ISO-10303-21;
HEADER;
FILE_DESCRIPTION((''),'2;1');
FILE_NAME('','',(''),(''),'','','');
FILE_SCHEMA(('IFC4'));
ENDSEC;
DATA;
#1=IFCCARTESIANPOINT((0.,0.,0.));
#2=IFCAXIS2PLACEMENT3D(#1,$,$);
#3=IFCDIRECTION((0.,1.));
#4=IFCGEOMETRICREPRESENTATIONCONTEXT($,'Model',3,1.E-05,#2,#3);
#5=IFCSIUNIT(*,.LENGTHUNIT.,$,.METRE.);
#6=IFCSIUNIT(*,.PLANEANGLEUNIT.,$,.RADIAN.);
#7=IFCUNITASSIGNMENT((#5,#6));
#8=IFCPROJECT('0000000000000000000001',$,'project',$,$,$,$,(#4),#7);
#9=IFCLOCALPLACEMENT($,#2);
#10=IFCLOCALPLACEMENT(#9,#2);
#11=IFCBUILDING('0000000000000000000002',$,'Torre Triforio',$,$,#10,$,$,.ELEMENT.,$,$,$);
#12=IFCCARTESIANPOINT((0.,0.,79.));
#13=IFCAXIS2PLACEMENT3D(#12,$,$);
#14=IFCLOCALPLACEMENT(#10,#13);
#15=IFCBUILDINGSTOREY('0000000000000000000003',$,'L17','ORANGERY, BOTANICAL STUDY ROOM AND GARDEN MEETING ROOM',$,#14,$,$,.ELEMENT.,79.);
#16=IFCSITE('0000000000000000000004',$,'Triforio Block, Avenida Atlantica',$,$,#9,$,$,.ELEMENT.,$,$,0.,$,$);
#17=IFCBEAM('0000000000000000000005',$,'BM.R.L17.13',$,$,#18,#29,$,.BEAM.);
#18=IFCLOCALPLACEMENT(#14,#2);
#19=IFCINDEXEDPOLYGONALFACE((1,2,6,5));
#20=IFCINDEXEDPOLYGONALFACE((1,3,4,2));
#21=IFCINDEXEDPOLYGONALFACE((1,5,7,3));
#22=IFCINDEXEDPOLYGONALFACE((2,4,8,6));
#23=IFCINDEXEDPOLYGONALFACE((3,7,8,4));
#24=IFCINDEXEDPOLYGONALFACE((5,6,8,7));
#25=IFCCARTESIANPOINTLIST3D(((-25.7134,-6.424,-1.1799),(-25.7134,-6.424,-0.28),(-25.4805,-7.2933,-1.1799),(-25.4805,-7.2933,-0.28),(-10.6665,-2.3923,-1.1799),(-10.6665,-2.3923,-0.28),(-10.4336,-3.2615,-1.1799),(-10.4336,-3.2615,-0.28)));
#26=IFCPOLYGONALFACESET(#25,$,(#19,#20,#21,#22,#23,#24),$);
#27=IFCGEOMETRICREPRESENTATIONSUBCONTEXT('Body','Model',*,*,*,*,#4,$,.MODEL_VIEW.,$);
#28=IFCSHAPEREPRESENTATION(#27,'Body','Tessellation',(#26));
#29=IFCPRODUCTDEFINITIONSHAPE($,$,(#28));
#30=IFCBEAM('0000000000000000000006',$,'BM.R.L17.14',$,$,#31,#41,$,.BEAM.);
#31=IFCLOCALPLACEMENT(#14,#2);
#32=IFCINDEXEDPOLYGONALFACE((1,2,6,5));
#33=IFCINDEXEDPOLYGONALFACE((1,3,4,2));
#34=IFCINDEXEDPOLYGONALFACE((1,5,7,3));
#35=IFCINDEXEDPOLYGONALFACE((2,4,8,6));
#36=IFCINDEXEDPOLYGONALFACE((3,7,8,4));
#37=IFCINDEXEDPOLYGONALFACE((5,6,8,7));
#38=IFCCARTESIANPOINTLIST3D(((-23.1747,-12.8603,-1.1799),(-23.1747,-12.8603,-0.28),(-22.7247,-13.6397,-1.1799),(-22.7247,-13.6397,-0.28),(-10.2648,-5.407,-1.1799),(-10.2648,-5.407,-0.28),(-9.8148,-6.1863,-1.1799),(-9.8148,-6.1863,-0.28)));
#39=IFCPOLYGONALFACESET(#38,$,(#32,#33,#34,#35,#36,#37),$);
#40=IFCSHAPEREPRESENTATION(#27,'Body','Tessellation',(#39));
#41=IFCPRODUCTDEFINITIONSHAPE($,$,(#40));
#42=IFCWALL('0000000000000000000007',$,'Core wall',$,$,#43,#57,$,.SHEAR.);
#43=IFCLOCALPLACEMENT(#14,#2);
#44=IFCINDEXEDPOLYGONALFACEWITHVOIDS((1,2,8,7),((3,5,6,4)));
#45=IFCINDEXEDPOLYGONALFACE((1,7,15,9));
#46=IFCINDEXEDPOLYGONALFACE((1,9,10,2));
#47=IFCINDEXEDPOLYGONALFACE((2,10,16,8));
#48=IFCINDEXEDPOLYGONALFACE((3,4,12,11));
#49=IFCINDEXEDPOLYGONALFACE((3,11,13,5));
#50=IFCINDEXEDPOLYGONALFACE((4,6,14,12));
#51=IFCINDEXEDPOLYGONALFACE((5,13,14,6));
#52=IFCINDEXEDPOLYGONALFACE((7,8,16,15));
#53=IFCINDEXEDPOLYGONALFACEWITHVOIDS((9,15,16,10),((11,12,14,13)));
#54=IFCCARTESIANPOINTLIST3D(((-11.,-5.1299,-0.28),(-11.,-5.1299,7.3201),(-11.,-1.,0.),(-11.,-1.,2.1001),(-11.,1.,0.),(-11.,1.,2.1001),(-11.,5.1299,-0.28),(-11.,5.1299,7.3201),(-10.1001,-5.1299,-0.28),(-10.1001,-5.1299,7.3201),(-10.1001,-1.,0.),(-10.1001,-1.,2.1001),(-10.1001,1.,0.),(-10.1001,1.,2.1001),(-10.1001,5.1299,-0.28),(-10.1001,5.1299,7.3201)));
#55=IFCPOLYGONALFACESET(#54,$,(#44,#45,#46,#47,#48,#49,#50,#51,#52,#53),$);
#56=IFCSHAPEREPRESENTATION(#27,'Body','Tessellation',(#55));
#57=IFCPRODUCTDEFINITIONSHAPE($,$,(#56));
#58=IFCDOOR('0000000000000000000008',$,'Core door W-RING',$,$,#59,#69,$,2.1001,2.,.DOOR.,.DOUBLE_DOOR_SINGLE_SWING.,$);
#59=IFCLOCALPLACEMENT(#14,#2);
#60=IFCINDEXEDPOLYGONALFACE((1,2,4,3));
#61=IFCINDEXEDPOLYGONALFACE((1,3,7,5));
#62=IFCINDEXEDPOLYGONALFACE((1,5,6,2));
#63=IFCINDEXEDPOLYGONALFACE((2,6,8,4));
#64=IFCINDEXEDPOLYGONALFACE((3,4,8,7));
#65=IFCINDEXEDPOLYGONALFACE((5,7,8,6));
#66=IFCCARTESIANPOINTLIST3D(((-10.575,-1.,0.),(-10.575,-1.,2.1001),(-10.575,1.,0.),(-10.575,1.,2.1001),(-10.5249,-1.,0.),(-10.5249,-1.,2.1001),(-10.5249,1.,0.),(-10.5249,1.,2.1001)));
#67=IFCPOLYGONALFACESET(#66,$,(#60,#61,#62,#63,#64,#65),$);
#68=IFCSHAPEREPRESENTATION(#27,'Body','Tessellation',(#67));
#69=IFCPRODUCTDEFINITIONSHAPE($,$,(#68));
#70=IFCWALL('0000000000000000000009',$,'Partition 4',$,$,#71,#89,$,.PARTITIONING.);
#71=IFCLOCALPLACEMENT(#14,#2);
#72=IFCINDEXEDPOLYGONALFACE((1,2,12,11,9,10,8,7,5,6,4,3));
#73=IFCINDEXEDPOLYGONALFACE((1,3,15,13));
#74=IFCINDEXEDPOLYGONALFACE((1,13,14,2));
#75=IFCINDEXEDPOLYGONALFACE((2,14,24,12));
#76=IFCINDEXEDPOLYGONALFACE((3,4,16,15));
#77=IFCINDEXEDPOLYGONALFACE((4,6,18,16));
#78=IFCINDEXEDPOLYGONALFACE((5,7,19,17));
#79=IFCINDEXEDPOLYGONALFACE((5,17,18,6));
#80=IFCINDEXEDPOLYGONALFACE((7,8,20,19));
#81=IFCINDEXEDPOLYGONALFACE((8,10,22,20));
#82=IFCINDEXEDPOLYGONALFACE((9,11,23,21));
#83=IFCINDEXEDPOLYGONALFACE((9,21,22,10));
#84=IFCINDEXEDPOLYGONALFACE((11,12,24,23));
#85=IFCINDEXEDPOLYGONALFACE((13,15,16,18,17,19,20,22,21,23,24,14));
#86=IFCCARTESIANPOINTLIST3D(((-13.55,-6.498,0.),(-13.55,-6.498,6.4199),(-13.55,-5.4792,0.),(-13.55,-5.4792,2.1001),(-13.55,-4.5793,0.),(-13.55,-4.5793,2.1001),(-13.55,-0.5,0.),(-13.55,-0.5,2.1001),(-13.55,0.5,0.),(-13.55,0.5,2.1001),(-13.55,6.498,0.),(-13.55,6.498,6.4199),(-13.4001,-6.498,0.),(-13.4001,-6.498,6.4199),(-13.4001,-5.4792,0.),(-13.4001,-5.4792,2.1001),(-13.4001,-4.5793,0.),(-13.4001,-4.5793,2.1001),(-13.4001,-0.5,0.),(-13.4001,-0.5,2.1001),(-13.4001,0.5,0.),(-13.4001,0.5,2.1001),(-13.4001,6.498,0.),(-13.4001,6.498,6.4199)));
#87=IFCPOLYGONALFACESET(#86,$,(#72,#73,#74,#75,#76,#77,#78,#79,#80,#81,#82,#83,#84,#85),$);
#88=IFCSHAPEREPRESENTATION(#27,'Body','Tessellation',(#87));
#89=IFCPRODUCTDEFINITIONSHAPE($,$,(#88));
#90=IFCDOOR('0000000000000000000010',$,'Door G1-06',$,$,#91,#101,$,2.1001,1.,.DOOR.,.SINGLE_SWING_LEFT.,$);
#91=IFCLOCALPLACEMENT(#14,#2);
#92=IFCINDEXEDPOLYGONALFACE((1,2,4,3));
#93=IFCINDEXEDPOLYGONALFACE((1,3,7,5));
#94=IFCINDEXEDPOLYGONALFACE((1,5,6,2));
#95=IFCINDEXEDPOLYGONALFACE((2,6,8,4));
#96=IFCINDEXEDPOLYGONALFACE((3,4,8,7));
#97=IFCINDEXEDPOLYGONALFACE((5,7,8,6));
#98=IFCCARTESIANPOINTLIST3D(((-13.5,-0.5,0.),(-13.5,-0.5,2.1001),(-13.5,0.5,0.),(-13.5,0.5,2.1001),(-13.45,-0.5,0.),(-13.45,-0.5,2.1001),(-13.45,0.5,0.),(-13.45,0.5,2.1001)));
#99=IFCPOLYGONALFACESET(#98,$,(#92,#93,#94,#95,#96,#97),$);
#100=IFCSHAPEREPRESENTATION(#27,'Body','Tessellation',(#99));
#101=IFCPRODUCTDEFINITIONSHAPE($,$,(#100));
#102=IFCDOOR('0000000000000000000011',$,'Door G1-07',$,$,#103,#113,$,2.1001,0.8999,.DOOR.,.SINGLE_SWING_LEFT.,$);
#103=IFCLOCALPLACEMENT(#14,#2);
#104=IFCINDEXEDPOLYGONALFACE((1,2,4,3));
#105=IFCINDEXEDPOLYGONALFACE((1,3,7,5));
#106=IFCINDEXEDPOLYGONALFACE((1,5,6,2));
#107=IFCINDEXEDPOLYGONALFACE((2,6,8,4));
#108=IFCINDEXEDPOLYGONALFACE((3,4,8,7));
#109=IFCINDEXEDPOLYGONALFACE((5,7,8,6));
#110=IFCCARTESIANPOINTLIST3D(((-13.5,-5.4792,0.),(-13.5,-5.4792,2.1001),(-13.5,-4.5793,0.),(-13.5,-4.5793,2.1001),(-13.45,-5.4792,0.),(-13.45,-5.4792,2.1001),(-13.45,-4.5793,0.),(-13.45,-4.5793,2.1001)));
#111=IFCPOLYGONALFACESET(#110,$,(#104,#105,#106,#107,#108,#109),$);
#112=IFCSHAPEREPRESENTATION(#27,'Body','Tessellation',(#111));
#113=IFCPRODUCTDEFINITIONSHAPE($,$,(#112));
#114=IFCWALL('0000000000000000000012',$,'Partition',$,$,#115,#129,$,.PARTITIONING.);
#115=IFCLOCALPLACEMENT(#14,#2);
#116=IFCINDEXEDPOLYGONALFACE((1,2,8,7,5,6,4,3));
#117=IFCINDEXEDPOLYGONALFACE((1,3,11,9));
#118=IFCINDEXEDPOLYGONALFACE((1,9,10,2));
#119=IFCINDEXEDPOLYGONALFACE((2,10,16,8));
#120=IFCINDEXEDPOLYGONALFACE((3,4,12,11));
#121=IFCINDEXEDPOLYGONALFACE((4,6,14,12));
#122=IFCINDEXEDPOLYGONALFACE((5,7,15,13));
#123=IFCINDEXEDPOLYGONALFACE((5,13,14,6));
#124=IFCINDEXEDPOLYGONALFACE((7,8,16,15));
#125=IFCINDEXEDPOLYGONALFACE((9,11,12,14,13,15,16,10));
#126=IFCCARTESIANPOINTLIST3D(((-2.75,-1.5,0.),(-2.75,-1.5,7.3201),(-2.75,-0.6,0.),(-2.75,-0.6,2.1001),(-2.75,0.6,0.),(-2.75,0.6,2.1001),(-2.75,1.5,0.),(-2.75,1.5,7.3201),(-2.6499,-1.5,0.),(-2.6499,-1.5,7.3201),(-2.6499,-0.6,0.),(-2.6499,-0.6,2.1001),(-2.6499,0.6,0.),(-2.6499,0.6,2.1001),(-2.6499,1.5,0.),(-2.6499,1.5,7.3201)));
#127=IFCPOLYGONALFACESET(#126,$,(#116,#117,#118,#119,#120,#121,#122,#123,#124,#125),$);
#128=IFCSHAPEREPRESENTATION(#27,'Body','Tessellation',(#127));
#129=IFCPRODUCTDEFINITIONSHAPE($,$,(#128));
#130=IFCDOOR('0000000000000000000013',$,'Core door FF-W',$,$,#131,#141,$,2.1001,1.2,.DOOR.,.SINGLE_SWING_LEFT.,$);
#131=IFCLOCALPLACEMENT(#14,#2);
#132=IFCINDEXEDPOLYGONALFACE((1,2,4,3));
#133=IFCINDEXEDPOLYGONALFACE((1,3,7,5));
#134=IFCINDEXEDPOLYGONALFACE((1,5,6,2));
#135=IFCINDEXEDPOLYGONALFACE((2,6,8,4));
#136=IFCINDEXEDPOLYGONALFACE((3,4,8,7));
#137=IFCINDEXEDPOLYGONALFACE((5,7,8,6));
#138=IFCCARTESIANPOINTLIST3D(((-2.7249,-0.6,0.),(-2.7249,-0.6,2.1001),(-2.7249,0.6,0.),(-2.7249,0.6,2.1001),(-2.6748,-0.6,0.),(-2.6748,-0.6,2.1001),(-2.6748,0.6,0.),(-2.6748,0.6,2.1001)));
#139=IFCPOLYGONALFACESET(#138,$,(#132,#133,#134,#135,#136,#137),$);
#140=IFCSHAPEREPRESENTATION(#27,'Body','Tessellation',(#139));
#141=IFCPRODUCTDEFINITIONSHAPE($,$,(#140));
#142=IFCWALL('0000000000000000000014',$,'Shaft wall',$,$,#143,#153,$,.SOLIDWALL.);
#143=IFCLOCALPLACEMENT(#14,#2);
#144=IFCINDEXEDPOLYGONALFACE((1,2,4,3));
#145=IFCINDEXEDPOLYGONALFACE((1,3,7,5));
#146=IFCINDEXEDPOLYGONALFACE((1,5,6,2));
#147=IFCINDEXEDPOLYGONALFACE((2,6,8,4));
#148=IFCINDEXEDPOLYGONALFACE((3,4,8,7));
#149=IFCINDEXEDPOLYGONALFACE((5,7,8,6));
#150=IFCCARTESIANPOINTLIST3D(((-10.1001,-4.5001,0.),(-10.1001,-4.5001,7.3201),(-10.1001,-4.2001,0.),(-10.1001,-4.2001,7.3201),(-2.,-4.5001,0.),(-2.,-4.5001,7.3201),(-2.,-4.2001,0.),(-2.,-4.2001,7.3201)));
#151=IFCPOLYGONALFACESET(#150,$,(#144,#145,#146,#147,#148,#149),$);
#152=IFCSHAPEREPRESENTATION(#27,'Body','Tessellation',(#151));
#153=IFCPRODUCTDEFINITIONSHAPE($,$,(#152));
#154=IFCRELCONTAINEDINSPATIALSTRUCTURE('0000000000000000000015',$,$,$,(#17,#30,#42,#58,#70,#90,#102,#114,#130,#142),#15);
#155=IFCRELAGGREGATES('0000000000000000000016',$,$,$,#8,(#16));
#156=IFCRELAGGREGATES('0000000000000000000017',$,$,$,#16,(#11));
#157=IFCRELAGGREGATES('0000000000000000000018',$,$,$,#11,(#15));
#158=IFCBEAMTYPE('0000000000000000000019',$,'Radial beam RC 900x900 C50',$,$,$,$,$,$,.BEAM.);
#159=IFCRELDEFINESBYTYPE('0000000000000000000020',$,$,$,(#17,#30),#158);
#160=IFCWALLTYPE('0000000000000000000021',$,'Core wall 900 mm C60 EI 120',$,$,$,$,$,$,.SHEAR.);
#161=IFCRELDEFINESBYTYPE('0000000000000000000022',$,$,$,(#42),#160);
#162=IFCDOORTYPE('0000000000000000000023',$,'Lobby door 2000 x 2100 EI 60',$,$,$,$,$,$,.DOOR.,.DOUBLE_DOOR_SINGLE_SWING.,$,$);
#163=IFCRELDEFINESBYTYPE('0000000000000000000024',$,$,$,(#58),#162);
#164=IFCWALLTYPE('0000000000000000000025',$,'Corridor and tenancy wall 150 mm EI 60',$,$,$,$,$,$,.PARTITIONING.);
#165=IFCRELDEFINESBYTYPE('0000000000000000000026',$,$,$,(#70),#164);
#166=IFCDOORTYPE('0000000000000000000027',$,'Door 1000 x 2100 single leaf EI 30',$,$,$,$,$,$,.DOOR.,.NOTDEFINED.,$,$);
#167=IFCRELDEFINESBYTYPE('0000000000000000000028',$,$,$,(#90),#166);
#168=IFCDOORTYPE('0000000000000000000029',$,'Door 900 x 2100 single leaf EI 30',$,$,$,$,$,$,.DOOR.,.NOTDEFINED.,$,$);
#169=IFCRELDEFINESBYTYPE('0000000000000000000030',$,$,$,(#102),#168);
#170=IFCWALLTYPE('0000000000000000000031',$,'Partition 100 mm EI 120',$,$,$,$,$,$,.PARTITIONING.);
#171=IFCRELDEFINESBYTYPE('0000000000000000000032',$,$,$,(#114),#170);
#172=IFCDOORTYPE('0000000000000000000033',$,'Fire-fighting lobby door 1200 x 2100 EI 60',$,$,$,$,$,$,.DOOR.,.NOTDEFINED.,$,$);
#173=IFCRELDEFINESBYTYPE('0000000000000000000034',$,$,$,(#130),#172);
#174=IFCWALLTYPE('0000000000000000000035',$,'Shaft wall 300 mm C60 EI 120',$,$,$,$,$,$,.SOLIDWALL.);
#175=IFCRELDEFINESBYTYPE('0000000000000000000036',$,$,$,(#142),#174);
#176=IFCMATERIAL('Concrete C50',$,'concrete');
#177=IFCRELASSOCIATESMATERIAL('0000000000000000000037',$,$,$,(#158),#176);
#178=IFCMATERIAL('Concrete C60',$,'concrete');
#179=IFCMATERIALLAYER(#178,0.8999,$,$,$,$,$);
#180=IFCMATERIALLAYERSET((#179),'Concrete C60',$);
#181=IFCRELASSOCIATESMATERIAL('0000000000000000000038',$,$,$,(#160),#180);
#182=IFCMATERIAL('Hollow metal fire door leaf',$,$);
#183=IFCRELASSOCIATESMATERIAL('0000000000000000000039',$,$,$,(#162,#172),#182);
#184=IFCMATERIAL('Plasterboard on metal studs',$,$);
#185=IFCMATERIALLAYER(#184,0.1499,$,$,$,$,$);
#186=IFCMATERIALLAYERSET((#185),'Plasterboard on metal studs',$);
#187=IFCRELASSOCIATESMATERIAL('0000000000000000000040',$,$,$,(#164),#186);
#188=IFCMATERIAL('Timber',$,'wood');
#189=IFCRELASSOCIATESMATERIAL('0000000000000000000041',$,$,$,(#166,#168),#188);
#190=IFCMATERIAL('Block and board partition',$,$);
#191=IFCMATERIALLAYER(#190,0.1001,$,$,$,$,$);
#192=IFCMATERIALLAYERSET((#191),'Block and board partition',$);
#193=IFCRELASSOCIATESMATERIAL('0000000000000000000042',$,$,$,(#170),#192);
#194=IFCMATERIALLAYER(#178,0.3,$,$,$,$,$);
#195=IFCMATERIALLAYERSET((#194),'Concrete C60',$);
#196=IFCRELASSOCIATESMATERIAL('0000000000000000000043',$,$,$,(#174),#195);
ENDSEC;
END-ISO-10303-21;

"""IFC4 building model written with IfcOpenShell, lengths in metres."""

from ifc_helpers import new_model, si_unit, direction, frame, frame_2d, origin, origin_2d, place, context, subcontext, project, spatial, rectangle, extrude, material, layer, layer_set, material_profile, profile_set, type_object, element, fill, save


model = new_model("IFC4")

# Units and contexts
model_context = context("Model", 3, precision=1e-05, world=origin(), true_north=direction((0.0, 1.0)))
body_context = subcontext(model_context, "Body", "Model", "MODEL_VIEW")
ifc_project = project(units=[si_unit("LENGTHUNIT", "METRE"), si_unit("PLANEANGLEUNIT", "RADIAN")], contexts=[model_context])

# Site, building, storey
site_placement = place(None, origin())
site = spatial("IfcSite", under=ifc_project, at=site_placement, Name="Triforio Block, Avenida Atlantica", CompositionType="ELEMENT", RefElevation=0.0)
building_placement = place(site_placement, origin())
building = spatial("IfcBuilding", under=site, at=building_placement, Name="Torre Triforio", CompositionType="ELEMENT")
storey_placement = place(building_placement, frame((0.0, 0.0, 79.0)))
storey = spatial("IfcBuildingStorey", under=building, at=storey_placement, Name="L17", Description="ORANGERY, BOTANICAL STUDY ROOM AND GARDEN MEETING ROOM", CompositionType="ELEMENT", Elevation=79.0)

# Beams
ifc_material_1 = material(Name="Concrete C50", Category="concrete")
ifc_material_profile = material_profile(ifc_material_1, rectangle(XDim=0.8999, YDim=0.8999, at=origin_2d()), Name="RC 900x900")
ifc_profile_set = profile_set([ifc_material_profile], Name="Concrete C50")
beam_type = type_object("IfcBeamType", Name="Radial beam RC 900x900 C50", PredefinedType="BEAM", material=ifc_profile_set)
beam_1_placement = place(storey_placement, frame((-10.55, -2.8269, -0.73), z_axis=(-0.965927, -0.258815, 0.0), x_axis=(0.258815, -0.965927, 0.0)))
element("IfcBeam", 1, at=beam_1_placement, inside=storey, type_object=beam_type, Name="BM.R.L17.13", PredefinedType="BEAM", context=body_context, shape_type="SweptSolid", body=[
    extrude(rectangle(XDim=0.8999, YDim=0.8999, at=origin_2d()), origin(), (0.0, 0.0, 1.0), 15.5776),
])
beam_2_placement = place(storey_placement, frame((-10.0398, -5.7966, -0.73), z_axis=(-0.86603, -0.499991, 0.0), x_axis=(0.499991, -0.86603, 0.0)))
element("IfcBeam", 2, at=beam_2_placement, inside=storey, type_object=beam_type, Name="BM.R.L17.14", PredefinedType="BEAM", context=body_context, shape_type="SweptSolid", body=[
    extrude(rectangle(XDim=0.8999, YDim=0.8999, at=origin_2d()), origin(), (0.0, 0.0, 1.0), 14.907),
])

# Wall, opening, door
ifc_material_2 = material(Name="Concrete C60", Category="concrete")
ifc_layer_1 = layer(ifc_material_2, 0.8999)
ifc_layer_set_1 = layer_set([ifc_layer_1], Name="Concrete C60")
wall_type_1 = type_object("IfcWallType", Name="Core wall 900 mm C60 EI 120", PredefinedType="SHEAR", material=ifc_layer_set_1)
wall_1_placement = place(storey_placement, frame((-10.55, -5.1299, -0.28), z_axis=(0.0, 0.0, 1.0), x_axis=(0.0, 1.0, 0.0)))
wall_1 = element("IfcWall", 3, at=wall_1_placement, inside=storey, type_object=wall_type_1, Name="Core wall", PredefinedType="SHEAR", context=body_context, shape_type="SweptSolid", body=[
    extrude(rectangle(XDim=10.2598, YDim=0.8999, at=frame_2d((5.1299, 0.0))), origin(), (0.0, 0.0, 1.0), 7.6001),
])
opening_1_placement = place(wall_1_placement, frame((4.1299, 0.0, 0.28)))
opening_1 = element("IfcOpeningElement", 4, at=opening_1_placement, cuts=wall_1, PredefinedType="OPENING", context=body_context, shape_type="SweptSolid", body=[
    extrude(rectangle(XDim=2.0, YDim=2.1001, at=frame_2d((1.0, 1.05))), frame((0.0, 0.46, 0.0), z_axis=(0.0, -1.0, 0.0), x_axis=(1.0, 0.0, 0.0)), (0.0, 0.0, 1.0), 0.9199),
])
ifc_material_3 = material(Name="Hollow metal fire door leaf")
door_type_1 = type_object("IfcDoorType", Name="Lobby door 2000 x 2100 EI 60", OperationType="DOUBLE_DOOR_SINGLE_SWING", PredefinedType="DOOR", material=ifc_material_3)
door_1_placement = place(opening_1_placement, origin())
door_1 = element("IfcDoor", 5, at=door_1_placement, inside=storey, type_object=door_type_1, Name="Core door W-RING", OperationType="DOUBLE_DOOR_SINGLE_SWING", OverallHeight=2.1001, OverallWidth=2.0, PredefinedType="DOOR", context=body_context, shape_type="SweptSolid", body=[
    extrude(rectangle(XDim=2.0, YDim=2.1001, at=frame_2d((1.0, 1.05))), frame((0.0, 0.0249, 0.0), z_axis=(0.0, -1.0, 0.0), x_axis=(1.0, 0.0, 0.0)), (0.0, 0.0, 1.0), 0.05),
])
fill(opening_1, door_1)

# Wall, openings, doors
ifc_material_4 = material(Name="Plasterboard on metal studs")
ifc_layer_2 = layer(ifc_material_4, 0.1499)
ifc_layer_set_2 = layer_set([ifc_layer_2], Name="Plasterboard on metal studs")
wall_type_2 = type_object("IfcWallType", Name="Corridor and tenancy wall 150 mm EI 60", PredefinedType="PARTITIONING", material=ifc_layer_set_2)
wall_2_placement = place(storey_placement, frame((-13.4751, -6.498, 0.0), z_axis=(0.0, 0.0, 1.0), x_axis=(0.0, 1.0, 0.0)))
wall_2 = element("IfcWall", 6, at=wall_2_placement, inside=storey, type_object=wall_type_2, Name="Partition 4", PredefinedType="PARTITIONING", context=body_context, shape_type="SweptSolid", body=[
    extrude(rectangle(XDim=12.9961, YDim=0.1499, at=frame_2d((6.498, 0.0))), origin(), (0.0, 0.0, 1.0), 6.4199),
])
opening_2_placement = place(wall_2_placement, frame((5.998, 0.0, 0.0)))
opening_2 = element("IfcOpeningElement", 7, at=opening_2_placement, cuts=wall_2, PredefinedType="OPENING", context=body_context, shape_type="SweptSolid", body=[
    extrude(rectangle(XDim=1.0, YDim=2.1001, at=frame_2d((0.5, 1.05))), frame((0.0, 0.085, 0.0), z_axis=(0.0, -1.0, 0.0), x_axis=(1.0, 0.0, 0.0)), (0.0, 0.0, 1.0), 0.1699),
])
opening_3_placement = place(wall_2_placement, frame((1.0188, 0.0, 0.0)))
opening_3 = element("IfcOpeningElement", 8, at=opening_3_placement, cuts=wall_2, PredefinedType="OPENING", context=body_context, shape_type="SweptSolid", body=[
    extrude(rectangle(XDim=0.8999, YDim=2.1001, at=frame_2d((0.45, 1.05))), frame((0.0, 0.085, 0.0), z_axis=(0.0, -1.0, 0.0), x_axis=(1.0, 0.0, 0.0)), (0.0, 0.0, 1.0), 0.1699),
])
ifc_material_5 = material(Name="Timber", Category="wood")
door_type_2 = type_object("IfcDoorType", Name="Door 1000 x 2100 single leaf EI 30", OperationType="NOTDEFINED", PredefinedType="DOOR", material=ifc_material_5)
door_2_placement = place(opening_2_placement, origin())
door_2 = element("IfcDoor", 9, at=door_2_placement, inside=storey, type_object=door_type_2, Name="Door G1-06", OperationType="SINGLE_SWING_LEFT", OverallHeight=2.1001, OverallWidth=1.0, PredefinedType="DOOR", context=body_context, shape_type="SweptSolid", body=[
    extrude(rectangle(XDim=1.0, YDim=2.1001, at=frame_2d((0.5, 1.05))), frame((0.0, 0.0249, 0.0), z_axis=(0.0, -1.0, 0.0), x_axis=(1.0, 0.0, 0.0)), (0.0, 0.0, 1.0), 0.05),
])
fill(opening_2, door_2)
door_type_3 = type_object("IfcDoorType", Name="Door 900 x 2100 single leaf EI 30", OperationType="NOTDEFINED", PredefinedType="DOOR", material=ifc_material_5)
door_3_placement = place(opening_3_placement, origin())
door_3 = element("IfcDoor", 10, at=door_3_placement, inside=storey, type_object=door_type_3, Name="Door G1-07", OperationType="SINGLE_SWING_LEFT", OverallHeight=2.1001, OverallWidth=0.8999, PredefinedType="DOOR", context=body_context, shape_type="SweptSolid", body=[
    extrude(rectangle(XDim=0.8999, YDim=2.1001, at=frame_2d((0.45, 1.05))), frame((0.0, 0.0249, 0.0), z_axis=(0.0, -1.0, 0.0), x_axis=(1.0, 0.0, 0.0)), (0.0, 0.0, 1.0), 0.05),
])
fill(opening_3, door_3)

# Wall, opening, door
ifc_material_6 = material(Name="Block and board partition")
ifc_layer_3 = layer(ifc_material_6, 0.1001)
ifc_layer_set_3 = layer_set([ifc_layer_3], Name="Block and board partition")
wall_type_3 = type_object("IfcWallType", Name="Partition 100 mm EI 120", PredefinedType="PARTITIONING", material=ifc_layer_set_3)
wall_3_placement = place(storey_placement, frame((-2.7, -1.5, 0.0), z_axis=(0.0, 0.0, 1.0), x_axis=(0.0, 1.0, 0.0)))
wall_3 = element("IfcWall", 11, at=wall_3_placement, inside=storey, type_object=wall_type_3, Name="Partition", PredefinedType="PARTITIONING", context=body_context, shape_type="SweptSolid", body=[
    extrude(rectangle(XDim=3.0, YDim=0.1001, at=frame_2d((1.5, 0.0))), origin(), (0.0, 0.0, 1.0), 7.3201),
])
opening_4_placement = place(wall_3_placement, frame((0.8999, 0.0, 0.0)))
opening_4 = element("IfcOpeningElement", 12, at=opening_4_placement, cuts=wall_3, PredefinedType="OPENING", context=body_context, shape_type="SweptSolid", body=[
    extrude(rectangle(XDim=1.2, YDim=2.1001, at=frame_2d((0.6001, 1.05))), frame((0.0, 0.0601, 0.0), z_axis=(0.0, -1.0, 0.0), x_axis=(1.0, 0.0, 0.0)), (0.0, 0.0, 1.0), 0.1201),
])
door_type_4 = type_object("IfcDoorType", Name="Fire-fighting lobby door 1200 x 2100 EI 60", OperationType="NOTDEFINED", PredefinedType="DOOR", material=ifc_material_3)
door_4_placement = place(opening_4_placement, origin())
door_4 = element("IfcDoor", 13, at=door_4_placement, inside=storey, type_object=door_type_4, Name="Core door FF-W", OperationType="SINGLE_SWING_LEFT", OverallHeight=2.1001, OverallWidth=1.2, PredefinedType="DOOR", context=body_context, shape_type="SweptSolid", body=[
    extrude(rectangle(XDim=1.2, YDim=2.1001, at=frame_2d((0.6001, 1.05))), frame((0.0, 0.0249, 0.0), z_axis=(0.0, -1.0, 0.0), x_axis=(1.0, 0.0, 0.0)), (0.0, 0.0, 1.0), 0.05),
])
fill(opening_4, door_4)

# Wall
ifc_layer_4 = layer(ifc_material_2, 0.3)
ifc_layer_set_4 = layer_set([ifc_layer_4], Name="Concrete C60")
wall_type_4 = type_object("IfcWallType", Name="Shaft wall 300 mm C60 EI 120", PredefinedType="SOLIDWALL", material=ifc_layer_set_4)
wall_4_placement = place(storey_placement, frame((-10.1001, -4.3501, 0.0), z_axis=(0.0, 0.0, 1.0), x_axis=(1.0, 0.0, 0.0)))
element("IfcWall", 14, at=wall_4_placement, inside=storey, type_object=wall_type_4, Name="Shaft wall", PredefinedType="SOLIDWALL", context=body_context, shape_type="SweptSolid", body=[
    extrude(rectangle(XDim=8.1001, YDim=0.3, at=frame_2d((4.05, 0.0))), origin(), (0.0, 0.0, 1.0), 7.3201),
])

save(model, "model.ifc")
